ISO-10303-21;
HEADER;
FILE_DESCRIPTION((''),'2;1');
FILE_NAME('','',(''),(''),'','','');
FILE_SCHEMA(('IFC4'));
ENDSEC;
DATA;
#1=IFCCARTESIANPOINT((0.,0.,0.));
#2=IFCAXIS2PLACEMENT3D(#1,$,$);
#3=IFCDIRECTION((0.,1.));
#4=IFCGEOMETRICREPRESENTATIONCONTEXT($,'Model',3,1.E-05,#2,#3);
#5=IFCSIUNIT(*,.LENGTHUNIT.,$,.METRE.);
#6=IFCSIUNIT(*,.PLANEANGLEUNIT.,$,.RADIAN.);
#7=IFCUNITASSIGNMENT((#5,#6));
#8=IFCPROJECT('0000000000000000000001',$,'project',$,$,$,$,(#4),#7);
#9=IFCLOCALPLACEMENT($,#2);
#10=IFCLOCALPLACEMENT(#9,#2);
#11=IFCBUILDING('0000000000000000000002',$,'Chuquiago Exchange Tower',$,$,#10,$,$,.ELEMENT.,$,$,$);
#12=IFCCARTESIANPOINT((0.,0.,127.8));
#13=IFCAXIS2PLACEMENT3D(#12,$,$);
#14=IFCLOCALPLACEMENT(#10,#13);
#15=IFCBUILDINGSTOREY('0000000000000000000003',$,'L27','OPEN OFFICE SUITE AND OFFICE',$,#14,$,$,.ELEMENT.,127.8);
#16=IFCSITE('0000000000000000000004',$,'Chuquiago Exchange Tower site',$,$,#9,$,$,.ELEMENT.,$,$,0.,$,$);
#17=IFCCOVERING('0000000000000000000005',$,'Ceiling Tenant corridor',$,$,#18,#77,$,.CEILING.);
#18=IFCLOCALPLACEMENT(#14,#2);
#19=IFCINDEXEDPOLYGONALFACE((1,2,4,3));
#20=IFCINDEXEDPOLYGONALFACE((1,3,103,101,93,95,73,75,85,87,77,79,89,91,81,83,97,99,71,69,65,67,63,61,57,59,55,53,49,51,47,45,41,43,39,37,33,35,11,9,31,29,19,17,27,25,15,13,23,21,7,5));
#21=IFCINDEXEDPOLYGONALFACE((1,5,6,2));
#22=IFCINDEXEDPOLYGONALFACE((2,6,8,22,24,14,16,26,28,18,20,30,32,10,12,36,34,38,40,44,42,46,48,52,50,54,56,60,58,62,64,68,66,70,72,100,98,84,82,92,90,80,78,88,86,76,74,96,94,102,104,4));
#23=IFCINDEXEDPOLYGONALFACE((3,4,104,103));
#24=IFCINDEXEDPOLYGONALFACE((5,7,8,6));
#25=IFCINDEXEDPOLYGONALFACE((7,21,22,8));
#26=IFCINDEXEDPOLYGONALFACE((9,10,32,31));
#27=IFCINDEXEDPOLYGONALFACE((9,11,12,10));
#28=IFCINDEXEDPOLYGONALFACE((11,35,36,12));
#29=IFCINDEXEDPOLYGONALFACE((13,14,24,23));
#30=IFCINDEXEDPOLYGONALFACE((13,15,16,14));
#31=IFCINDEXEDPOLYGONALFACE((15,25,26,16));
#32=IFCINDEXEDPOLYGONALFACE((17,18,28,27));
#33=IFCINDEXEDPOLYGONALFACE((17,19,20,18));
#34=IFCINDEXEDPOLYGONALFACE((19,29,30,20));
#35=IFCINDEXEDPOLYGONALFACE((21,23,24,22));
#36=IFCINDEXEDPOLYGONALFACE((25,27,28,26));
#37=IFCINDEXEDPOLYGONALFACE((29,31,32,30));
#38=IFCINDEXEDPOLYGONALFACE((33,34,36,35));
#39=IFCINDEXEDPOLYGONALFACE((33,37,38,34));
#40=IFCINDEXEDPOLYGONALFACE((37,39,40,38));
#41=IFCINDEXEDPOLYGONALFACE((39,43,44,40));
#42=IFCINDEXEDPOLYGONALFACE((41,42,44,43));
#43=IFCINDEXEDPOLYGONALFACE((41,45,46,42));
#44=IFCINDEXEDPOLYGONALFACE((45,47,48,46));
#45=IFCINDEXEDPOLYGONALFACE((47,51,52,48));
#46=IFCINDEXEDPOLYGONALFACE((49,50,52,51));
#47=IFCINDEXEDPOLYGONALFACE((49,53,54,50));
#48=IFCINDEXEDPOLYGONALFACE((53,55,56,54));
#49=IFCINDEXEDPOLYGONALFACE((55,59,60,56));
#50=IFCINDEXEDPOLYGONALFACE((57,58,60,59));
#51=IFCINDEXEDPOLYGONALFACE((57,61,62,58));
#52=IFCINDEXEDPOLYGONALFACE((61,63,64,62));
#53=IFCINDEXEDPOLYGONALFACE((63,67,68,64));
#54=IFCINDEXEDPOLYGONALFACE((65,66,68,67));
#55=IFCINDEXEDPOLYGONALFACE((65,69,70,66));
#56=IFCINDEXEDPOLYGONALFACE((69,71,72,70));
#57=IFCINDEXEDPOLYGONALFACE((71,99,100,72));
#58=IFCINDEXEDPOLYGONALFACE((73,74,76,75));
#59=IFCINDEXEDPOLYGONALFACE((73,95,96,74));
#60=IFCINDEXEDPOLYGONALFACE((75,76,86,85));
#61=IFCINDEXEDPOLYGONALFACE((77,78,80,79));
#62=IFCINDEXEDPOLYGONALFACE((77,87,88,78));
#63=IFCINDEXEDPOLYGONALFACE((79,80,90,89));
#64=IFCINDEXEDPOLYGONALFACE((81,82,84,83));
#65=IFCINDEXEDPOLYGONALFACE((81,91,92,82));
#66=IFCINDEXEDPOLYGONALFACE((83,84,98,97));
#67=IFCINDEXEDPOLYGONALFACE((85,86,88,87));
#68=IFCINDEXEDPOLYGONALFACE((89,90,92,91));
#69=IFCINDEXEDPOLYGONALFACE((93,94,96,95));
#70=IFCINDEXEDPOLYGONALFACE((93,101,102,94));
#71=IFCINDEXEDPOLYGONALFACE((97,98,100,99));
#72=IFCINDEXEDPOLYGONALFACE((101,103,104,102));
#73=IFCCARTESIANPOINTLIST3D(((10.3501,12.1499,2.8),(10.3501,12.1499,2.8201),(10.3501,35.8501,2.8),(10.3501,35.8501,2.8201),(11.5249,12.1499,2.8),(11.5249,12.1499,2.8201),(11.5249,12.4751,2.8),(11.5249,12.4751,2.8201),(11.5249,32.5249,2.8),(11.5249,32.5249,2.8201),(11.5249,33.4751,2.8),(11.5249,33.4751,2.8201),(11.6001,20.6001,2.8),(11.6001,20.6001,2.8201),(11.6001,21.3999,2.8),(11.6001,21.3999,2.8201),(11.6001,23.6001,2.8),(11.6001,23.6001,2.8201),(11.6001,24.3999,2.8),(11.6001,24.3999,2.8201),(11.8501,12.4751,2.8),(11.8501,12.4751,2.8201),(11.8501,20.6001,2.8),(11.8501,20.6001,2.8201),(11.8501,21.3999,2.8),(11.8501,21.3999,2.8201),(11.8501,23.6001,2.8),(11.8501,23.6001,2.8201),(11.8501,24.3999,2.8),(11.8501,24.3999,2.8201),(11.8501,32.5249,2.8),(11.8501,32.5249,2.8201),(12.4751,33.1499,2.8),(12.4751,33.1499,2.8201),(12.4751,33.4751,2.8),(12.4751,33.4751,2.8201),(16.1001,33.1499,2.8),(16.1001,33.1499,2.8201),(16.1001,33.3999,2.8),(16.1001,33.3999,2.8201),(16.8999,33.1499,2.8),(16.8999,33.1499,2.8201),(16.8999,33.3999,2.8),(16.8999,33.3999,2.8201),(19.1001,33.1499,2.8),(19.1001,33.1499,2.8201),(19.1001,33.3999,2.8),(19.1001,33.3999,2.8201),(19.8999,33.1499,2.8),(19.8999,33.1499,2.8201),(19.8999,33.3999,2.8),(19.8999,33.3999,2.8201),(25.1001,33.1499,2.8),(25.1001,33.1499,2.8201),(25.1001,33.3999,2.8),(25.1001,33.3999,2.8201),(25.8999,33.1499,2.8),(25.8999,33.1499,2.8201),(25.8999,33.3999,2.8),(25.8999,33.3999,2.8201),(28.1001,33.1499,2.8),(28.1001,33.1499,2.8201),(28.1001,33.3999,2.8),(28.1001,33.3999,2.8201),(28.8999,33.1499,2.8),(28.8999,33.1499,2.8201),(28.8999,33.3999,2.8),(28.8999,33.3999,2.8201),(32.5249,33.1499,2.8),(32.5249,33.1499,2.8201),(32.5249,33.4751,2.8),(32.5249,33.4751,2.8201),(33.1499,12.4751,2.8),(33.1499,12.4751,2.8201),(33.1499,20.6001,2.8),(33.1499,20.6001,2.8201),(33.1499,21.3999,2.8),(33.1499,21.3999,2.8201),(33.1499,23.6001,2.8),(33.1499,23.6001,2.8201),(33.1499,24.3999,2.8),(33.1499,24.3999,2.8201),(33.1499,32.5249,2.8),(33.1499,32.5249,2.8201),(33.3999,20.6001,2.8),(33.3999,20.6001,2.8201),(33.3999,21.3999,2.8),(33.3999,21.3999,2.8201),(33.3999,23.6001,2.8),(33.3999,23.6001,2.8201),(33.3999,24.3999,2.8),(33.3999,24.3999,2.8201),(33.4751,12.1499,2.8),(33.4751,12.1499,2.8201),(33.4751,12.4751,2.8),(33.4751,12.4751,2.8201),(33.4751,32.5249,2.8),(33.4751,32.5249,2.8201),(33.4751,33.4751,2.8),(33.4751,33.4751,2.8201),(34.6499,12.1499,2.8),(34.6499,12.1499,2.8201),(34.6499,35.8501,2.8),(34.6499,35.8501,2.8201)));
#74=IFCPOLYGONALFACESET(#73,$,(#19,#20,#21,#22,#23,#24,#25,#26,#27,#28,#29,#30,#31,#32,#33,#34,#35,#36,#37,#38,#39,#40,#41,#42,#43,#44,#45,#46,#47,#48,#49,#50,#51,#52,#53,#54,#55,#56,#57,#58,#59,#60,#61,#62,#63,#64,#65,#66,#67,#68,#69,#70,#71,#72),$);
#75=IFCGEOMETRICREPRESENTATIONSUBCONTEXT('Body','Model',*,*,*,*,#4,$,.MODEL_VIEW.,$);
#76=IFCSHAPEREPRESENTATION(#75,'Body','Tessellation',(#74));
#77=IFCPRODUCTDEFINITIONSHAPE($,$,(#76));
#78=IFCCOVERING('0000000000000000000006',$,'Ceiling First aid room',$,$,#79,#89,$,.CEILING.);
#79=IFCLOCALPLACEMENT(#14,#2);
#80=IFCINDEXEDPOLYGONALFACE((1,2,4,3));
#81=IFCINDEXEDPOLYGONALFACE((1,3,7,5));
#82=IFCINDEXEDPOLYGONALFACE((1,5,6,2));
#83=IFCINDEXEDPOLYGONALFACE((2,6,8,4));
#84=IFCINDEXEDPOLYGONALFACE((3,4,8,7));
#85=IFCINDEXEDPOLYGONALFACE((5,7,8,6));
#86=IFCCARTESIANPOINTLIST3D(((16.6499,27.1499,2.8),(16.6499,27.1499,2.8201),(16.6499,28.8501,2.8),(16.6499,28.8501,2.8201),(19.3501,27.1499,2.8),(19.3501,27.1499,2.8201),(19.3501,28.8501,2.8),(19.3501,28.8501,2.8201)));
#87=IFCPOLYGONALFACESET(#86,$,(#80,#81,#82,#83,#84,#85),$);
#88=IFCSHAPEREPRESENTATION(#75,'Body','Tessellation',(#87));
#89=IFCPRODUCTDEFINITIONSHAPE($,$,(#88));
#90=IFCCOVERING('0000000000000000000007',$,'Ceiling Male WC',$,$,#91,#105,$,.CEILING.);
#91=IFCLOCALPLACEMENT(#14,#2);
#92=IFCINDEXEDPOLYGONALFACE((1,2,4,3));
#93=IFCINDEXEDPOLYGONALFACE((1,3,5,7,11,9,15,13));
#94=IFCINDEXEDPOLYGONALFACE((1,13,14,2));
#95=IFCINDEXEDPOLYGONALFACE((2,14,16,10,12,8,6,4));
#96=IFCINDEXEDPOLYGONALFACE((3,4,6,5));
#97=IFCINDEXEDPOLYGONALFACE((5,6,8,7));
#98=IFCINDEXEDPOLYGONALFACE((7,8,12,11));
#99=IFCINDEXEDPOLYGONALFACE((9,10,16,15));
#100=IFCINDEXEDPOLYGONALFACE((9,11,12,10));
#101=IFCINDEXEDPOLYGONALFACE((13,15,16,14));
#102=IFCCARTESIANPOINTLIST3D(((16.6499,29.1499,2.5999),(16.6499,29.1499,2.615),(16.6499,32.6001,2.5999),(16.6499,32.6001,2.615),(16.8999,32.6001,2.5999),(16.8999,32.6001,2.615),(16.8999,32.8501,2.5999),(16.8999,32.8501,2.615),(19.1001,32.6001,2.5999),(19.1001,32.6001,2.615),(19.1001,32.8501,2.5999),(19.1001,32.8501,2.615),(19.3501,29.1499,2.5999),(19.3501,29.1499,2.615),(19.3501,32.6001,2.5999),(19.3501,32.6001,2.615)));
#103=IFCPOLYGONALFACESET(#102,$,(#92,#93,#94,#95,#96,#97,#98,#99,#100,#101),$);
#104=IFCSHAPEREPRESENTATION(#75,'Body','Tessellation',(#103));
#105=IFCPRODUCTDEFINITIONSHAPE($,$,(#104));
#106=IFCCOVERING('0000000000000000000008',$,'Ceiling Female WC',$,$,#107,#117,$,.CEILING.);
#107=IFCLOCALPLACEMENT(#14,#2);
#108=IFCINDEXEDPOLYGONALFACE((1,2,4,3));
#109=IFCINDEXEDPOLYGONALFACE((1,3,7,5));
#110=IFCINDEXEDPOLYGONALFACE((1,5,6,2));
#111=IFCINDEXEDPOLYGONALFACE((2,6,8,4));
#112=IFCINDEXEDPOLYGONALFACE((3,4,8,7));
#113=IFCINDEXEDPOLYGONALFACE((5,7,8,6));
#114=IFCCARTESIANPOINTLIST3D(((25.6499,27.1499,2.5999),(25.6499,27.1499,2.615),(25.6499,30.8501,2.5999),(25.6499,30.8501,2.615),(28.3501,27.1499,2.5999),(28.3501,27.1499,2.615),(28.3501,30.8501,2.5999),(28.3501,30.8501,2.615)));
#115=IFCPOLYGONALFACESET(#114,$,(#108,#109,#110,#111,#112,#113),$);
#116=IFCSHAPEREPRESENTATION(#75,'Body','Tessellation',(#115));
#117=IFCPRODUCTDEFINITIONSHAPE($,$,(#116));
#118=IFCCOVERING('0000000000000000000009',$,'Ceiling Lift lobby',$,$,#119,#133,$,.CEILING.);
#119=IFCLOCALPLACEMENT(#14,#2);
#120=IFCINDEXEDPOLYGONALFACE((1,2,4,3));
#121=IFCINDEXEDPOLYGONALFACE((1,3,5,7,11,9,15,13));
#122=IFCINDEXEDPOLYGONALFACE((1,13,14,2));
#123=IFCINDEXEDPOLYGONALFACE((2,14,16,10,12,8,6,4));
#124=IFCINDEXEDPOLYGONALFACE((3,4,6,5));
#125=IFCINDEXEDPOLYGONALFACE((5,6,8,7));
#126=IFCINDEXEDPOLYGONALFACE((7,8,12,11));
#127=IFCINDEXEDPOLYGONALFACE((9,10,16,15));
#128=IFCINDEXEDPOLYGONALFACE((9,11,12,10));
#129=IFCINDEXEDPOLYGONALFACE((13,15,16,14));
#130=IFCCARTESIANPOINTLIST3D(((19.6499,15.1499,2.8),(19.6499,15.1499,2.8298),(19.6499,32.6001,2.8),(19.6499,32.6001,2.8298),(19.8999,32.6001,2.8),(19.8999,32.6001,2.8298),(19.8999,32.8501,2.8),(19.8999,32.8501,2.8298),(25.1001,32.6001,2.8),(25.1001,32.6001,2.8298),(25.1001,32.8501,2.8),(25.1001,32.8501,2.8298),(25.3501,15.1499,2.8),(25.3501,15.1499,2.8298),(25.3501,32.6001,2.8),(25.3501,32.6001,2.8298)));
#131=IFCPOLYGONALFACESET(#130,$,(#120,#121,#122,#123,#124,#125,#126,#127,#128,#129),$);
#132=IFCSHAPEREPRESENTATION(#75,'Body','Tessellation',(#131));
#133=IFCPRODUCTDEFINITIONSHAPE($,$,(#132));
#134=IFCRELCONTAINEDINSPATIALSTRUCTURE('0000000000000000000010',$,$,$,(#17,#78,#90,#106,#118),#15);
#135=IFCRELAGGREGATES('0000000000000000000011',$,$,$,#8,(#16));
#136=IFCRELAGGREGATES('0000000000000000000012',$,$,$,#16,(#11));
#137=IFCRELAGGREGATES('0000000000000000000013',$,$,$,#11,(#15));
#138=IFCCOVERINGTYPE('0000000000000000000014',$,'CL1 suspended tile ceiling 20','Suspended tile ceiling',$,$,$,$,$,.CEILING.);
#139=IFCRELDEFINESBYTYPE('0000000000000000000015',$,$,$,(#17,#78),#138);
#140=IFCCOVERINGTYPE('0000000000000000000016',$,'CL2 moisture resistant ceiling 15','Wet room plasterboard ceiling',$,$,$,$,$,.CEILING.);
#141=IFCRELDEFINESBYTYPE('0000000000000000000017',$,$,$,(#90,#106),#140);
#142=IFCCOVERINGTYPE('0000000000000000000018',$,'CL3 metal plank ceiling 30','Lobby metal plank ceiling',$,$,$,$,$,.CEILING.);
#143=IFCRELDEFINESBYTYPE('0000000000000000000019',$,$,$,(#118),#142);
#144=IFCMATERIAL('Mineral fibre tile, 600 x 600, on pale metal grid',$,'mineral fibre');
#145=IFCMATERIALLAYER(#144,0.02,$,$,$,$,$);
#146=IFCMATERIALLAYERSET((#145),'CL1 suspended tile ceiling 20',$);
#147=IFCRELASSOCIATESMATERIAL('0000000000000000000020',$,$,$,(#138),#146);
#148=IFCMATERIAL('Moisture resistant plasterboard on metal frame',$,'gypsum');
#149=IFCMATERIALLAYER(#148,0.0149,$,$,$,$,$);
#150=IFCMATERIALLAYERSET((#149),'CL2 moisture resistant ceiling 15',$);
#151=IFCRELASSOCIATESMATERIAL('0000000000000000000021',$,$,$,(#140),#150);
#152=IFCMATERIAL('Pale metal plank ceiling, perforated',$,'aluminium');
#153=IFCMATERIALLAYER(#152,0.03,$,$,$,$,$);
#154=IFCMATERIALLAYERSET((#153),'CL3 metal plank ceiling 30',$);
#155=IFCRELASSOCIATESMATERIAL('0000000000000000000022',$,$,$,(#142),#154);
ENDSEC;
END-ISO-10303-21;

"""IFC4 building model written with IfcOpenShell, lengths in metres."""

from ifc_helpers import new_model, si_unit, direction, frame, origin, place, context, subcontext, project, spatial, polyline, outline, extrude, material, layer, layer_set, type_object, element, save


model = new_model("IFC4")

# Units and contexts
model_context = context("Model", 3, precision=1e-05, world=origin(), true_north=direction((0.0, 1.0)))
body_context = subcontext(model_context, "Body", "Model", "MODEL_VIEW")
ifc_project = project(units=[si_unit("LENGTHUNIT", "METRE"), si_unit("PLANEANGLEUNIT", "RADIAN")], contexts=[model_context])

# Site, building, storey
site_placement = place(None, origin())
site = spatial("IfcSite", under=ifc_project, at=site_placement, Name="Chuquiago Exchange Tower site", CompositionType="ELEMENT", RefElevation=0.0)
building_placement = place(site_placement, origin())
building = spatial("IfcBuilding", under=site, at=building_placement, Name="Chuquiago Exchange Tower", CompositionType="ELEMENT")
storey_placement = place(building_placement, frame((0.0, 0.0, 127.8)))
storey = spatial("IfcBuildingStorey", under=building, at=storey_placement, Name="L27", Description="OPEN OFFICE SUITE AND OFFICE", CompositionType="ELEMENT", Elevation=127.8)

# Coverings
ifc_material_1 = material(Name="Mineral fibre tile, 600 x 600, on pale metal grid", Category="mineral fibre")
ifc_layer_1 = layer(ifc_material_1, 0.02)
ifc_layer_set_1 = layer_set([ifc_layer_1], Name="CL1 suspended tile ceiling 20")
covering_type_1 = type_object("IfcCoveringType", Name="CL1 suspended tile ceiling 20", Description="Suspended tile ceiling", PredefinedType="CEILING", material=ifc_layer_set_1)
covering_1_placement = place(storey_placement, frame((0.0, 0.0, 2.8)))
element("IfcCovering", 1, at=covering_1_placement, inside=storey, type_object=covering_type_1, Name="Ceiling Tenant corridor", PredefinedType="CEILING", context=body_context, shape_type="SweptSolid", body=[
    extrude(outline(polyline([(11.8501, 24.3999), (11.6001, 24.3999), (11.6001, 23.6001), (11.8501, 23.6001), (11.8501, 21.3999), (11.6001, 21.3999), (11.6001, 20.6001), (11.8501, 20.6001), (11.8501, 12.4751), (11.5249, 12.4751), (11.5249, 12.1499), (10.3501, 12.1499), (10.3501, 35.8501), (34.6499, 35.8501), (34.6499, 12.1499), (33.4751, 12.1499), (33.4751, 12.4751), (33.1499, 12.4751), (33.1499, 20.6001), (33.3999, 20.6001), (33.3999, 21.3999), (33.1499, 21.3999), (33.1499, 23.6001), (33.3999, 23.6001), (33.3999, 24.3999), (33.1499, 24.3999), (33.1499, 32.5249), (33.4751, 32.5249), (33.4751, 33.4751), (32.5249, 33.4751), (32.5249, 33.1499), (28.8999, 33.1499), (28.8999, 33.3999), (28.1001, 33.3999), (28.1001, 33.1499), (25.8999, 33.1499), (25.8999, 33.3999), (25.1001, 33.3999), (25.1001, 33.1499), (19.8999, 33.1499), (19.8999, 33.3999), (19.1001, 33.3999), (19.1001, 33.1499), (16.8999, 33.1499), (16.8999, 33.3999), (16.1001, 33.3999), (16.1001, 33.1499), (12.4751, 33.1499), (12.4751, 33.4751), (11.5249, 33.4751), (11.5249, 32.5249), (11.8501, 32.5249), (11.8501, 24.3999)])), origin(), (0.0, 0.0, 1.0), 0.02),
])
covering_2_placement = place(storey_placement, frame((0.0, 0.0, 2.8)))
element("IfcCovering", 2, at=covering_2_placement, inside=storey, type_object=covering_type_1, Name="Ceiling First aid room", PredefinedType="CEILING", context=body_context, shape_type="SweptSolid", body=[
    extrude(outline(polyline([(16.6499, 27.1499), (16.6499, 28.8501), (19.3501, 28.8501), (19.3501, 27.1499), (16.6499, 27.1499)])), origin(), (0.0, 0.0, 1.0), 0.02),
])
ifc_material_2 = material(Name="Moisture resistant plasterboard on metal frame", Category="gypsum")
ifc_layer_2 = layer(ifc_material_2, 0.0149)
ifc_layer_set_2 = layer_set([ifc_layer_2], Name="CL2 moisture resistant ceiling 15")
covering_type_2 = type_object("IfcCoveringType", Name="CL2 moisture resistant ceiling 15", Description="Wet room plasterboard ceiling", PredefinedType="CEILING", material=ifc_layer_set_2)
covering_3_placement = place(storey_placement, frame((0.0, 0.0, 2.5999)))
element("IfcCovering", 3, at=covering_3_placement, inside=storey, type_object=covering_type_2, Name="Ceiling Male WC", PredefinedType="CEILING", context=body_context, shape_type="SweptSolid", body=[
    extrude(outline(polyline([(16.6499, 29.1499), (16.6499, 32.6001), (16.8999, 32.6001), (16.8999, 32.8501), (19.1001, 32.8501), (19.1001, 32.6001), (19.3501, 32.6001), (19.3501, 29.1499), (16.6499, 29.1499)])), origin(), (0.0, 0.0, 1.0), 0.0151),
])
covering_4_placement = place(storey_placement, frame((0.0, 0.0, 2.5999)))
element("IfcCovering", 4, at=covering_4_placement, inside=storey, type_object=covering_type_2, Name="Ceiling Female WC", PredefinedType="CEILING", context=body_context, shape_type="SweptSolid", body=[
    extrude(outline(polyline([(25.6499, 27.1499), (25.6499, 30.8501), (28.3501, 30.8501), (28.3501, 27.1499), (25.6499, 27.1499)])), origin(), (0.0, 0.0, 1.0), 0.0151),
])
ifc_material_3 = material(Name="Pale metal plank ceiling, perforated", Category="aluminium")
ifc_layer_3 = layer(ifc_material_3, 0.03)
ifc_layer_set_3 = layer_set([ifc_layer_3], Name="CL3 metal plank ceiling 30")
covering_type_3 = type_object("IfcCoveringType", Name="CL3 metal plank ceiling 30", Description="Lobby metal plank ceiling", PredefinedType="CEILING", material=ifc_layer_set_3)
covering_5_placement = place(storey_placement, frame((0.0, 0.0, 2.8)))
element("IfcCovering", 5, at=covering_5_placement, inside=storey, type_object=covering_type_3, Name="Ceiling Lift lobby", PredefinedType="CEILING", context=body_context, shape_type="SweptSolid", body=[
    extrude(outline(polyline([(19.6499, 15.1499), (19.6499, 32.6001), (19.8999, 32.6001), (19.8999, 32.8501), (25.1001, 32.8501), (25.1001, 32.6001), (25.3501, 32.6001), (25.3501, 15.1499), (19.6499, 15.1499)])), origin(), (0.0, 0.0, 1.0), 0.0298),
])

save(model, "model.ifc")
